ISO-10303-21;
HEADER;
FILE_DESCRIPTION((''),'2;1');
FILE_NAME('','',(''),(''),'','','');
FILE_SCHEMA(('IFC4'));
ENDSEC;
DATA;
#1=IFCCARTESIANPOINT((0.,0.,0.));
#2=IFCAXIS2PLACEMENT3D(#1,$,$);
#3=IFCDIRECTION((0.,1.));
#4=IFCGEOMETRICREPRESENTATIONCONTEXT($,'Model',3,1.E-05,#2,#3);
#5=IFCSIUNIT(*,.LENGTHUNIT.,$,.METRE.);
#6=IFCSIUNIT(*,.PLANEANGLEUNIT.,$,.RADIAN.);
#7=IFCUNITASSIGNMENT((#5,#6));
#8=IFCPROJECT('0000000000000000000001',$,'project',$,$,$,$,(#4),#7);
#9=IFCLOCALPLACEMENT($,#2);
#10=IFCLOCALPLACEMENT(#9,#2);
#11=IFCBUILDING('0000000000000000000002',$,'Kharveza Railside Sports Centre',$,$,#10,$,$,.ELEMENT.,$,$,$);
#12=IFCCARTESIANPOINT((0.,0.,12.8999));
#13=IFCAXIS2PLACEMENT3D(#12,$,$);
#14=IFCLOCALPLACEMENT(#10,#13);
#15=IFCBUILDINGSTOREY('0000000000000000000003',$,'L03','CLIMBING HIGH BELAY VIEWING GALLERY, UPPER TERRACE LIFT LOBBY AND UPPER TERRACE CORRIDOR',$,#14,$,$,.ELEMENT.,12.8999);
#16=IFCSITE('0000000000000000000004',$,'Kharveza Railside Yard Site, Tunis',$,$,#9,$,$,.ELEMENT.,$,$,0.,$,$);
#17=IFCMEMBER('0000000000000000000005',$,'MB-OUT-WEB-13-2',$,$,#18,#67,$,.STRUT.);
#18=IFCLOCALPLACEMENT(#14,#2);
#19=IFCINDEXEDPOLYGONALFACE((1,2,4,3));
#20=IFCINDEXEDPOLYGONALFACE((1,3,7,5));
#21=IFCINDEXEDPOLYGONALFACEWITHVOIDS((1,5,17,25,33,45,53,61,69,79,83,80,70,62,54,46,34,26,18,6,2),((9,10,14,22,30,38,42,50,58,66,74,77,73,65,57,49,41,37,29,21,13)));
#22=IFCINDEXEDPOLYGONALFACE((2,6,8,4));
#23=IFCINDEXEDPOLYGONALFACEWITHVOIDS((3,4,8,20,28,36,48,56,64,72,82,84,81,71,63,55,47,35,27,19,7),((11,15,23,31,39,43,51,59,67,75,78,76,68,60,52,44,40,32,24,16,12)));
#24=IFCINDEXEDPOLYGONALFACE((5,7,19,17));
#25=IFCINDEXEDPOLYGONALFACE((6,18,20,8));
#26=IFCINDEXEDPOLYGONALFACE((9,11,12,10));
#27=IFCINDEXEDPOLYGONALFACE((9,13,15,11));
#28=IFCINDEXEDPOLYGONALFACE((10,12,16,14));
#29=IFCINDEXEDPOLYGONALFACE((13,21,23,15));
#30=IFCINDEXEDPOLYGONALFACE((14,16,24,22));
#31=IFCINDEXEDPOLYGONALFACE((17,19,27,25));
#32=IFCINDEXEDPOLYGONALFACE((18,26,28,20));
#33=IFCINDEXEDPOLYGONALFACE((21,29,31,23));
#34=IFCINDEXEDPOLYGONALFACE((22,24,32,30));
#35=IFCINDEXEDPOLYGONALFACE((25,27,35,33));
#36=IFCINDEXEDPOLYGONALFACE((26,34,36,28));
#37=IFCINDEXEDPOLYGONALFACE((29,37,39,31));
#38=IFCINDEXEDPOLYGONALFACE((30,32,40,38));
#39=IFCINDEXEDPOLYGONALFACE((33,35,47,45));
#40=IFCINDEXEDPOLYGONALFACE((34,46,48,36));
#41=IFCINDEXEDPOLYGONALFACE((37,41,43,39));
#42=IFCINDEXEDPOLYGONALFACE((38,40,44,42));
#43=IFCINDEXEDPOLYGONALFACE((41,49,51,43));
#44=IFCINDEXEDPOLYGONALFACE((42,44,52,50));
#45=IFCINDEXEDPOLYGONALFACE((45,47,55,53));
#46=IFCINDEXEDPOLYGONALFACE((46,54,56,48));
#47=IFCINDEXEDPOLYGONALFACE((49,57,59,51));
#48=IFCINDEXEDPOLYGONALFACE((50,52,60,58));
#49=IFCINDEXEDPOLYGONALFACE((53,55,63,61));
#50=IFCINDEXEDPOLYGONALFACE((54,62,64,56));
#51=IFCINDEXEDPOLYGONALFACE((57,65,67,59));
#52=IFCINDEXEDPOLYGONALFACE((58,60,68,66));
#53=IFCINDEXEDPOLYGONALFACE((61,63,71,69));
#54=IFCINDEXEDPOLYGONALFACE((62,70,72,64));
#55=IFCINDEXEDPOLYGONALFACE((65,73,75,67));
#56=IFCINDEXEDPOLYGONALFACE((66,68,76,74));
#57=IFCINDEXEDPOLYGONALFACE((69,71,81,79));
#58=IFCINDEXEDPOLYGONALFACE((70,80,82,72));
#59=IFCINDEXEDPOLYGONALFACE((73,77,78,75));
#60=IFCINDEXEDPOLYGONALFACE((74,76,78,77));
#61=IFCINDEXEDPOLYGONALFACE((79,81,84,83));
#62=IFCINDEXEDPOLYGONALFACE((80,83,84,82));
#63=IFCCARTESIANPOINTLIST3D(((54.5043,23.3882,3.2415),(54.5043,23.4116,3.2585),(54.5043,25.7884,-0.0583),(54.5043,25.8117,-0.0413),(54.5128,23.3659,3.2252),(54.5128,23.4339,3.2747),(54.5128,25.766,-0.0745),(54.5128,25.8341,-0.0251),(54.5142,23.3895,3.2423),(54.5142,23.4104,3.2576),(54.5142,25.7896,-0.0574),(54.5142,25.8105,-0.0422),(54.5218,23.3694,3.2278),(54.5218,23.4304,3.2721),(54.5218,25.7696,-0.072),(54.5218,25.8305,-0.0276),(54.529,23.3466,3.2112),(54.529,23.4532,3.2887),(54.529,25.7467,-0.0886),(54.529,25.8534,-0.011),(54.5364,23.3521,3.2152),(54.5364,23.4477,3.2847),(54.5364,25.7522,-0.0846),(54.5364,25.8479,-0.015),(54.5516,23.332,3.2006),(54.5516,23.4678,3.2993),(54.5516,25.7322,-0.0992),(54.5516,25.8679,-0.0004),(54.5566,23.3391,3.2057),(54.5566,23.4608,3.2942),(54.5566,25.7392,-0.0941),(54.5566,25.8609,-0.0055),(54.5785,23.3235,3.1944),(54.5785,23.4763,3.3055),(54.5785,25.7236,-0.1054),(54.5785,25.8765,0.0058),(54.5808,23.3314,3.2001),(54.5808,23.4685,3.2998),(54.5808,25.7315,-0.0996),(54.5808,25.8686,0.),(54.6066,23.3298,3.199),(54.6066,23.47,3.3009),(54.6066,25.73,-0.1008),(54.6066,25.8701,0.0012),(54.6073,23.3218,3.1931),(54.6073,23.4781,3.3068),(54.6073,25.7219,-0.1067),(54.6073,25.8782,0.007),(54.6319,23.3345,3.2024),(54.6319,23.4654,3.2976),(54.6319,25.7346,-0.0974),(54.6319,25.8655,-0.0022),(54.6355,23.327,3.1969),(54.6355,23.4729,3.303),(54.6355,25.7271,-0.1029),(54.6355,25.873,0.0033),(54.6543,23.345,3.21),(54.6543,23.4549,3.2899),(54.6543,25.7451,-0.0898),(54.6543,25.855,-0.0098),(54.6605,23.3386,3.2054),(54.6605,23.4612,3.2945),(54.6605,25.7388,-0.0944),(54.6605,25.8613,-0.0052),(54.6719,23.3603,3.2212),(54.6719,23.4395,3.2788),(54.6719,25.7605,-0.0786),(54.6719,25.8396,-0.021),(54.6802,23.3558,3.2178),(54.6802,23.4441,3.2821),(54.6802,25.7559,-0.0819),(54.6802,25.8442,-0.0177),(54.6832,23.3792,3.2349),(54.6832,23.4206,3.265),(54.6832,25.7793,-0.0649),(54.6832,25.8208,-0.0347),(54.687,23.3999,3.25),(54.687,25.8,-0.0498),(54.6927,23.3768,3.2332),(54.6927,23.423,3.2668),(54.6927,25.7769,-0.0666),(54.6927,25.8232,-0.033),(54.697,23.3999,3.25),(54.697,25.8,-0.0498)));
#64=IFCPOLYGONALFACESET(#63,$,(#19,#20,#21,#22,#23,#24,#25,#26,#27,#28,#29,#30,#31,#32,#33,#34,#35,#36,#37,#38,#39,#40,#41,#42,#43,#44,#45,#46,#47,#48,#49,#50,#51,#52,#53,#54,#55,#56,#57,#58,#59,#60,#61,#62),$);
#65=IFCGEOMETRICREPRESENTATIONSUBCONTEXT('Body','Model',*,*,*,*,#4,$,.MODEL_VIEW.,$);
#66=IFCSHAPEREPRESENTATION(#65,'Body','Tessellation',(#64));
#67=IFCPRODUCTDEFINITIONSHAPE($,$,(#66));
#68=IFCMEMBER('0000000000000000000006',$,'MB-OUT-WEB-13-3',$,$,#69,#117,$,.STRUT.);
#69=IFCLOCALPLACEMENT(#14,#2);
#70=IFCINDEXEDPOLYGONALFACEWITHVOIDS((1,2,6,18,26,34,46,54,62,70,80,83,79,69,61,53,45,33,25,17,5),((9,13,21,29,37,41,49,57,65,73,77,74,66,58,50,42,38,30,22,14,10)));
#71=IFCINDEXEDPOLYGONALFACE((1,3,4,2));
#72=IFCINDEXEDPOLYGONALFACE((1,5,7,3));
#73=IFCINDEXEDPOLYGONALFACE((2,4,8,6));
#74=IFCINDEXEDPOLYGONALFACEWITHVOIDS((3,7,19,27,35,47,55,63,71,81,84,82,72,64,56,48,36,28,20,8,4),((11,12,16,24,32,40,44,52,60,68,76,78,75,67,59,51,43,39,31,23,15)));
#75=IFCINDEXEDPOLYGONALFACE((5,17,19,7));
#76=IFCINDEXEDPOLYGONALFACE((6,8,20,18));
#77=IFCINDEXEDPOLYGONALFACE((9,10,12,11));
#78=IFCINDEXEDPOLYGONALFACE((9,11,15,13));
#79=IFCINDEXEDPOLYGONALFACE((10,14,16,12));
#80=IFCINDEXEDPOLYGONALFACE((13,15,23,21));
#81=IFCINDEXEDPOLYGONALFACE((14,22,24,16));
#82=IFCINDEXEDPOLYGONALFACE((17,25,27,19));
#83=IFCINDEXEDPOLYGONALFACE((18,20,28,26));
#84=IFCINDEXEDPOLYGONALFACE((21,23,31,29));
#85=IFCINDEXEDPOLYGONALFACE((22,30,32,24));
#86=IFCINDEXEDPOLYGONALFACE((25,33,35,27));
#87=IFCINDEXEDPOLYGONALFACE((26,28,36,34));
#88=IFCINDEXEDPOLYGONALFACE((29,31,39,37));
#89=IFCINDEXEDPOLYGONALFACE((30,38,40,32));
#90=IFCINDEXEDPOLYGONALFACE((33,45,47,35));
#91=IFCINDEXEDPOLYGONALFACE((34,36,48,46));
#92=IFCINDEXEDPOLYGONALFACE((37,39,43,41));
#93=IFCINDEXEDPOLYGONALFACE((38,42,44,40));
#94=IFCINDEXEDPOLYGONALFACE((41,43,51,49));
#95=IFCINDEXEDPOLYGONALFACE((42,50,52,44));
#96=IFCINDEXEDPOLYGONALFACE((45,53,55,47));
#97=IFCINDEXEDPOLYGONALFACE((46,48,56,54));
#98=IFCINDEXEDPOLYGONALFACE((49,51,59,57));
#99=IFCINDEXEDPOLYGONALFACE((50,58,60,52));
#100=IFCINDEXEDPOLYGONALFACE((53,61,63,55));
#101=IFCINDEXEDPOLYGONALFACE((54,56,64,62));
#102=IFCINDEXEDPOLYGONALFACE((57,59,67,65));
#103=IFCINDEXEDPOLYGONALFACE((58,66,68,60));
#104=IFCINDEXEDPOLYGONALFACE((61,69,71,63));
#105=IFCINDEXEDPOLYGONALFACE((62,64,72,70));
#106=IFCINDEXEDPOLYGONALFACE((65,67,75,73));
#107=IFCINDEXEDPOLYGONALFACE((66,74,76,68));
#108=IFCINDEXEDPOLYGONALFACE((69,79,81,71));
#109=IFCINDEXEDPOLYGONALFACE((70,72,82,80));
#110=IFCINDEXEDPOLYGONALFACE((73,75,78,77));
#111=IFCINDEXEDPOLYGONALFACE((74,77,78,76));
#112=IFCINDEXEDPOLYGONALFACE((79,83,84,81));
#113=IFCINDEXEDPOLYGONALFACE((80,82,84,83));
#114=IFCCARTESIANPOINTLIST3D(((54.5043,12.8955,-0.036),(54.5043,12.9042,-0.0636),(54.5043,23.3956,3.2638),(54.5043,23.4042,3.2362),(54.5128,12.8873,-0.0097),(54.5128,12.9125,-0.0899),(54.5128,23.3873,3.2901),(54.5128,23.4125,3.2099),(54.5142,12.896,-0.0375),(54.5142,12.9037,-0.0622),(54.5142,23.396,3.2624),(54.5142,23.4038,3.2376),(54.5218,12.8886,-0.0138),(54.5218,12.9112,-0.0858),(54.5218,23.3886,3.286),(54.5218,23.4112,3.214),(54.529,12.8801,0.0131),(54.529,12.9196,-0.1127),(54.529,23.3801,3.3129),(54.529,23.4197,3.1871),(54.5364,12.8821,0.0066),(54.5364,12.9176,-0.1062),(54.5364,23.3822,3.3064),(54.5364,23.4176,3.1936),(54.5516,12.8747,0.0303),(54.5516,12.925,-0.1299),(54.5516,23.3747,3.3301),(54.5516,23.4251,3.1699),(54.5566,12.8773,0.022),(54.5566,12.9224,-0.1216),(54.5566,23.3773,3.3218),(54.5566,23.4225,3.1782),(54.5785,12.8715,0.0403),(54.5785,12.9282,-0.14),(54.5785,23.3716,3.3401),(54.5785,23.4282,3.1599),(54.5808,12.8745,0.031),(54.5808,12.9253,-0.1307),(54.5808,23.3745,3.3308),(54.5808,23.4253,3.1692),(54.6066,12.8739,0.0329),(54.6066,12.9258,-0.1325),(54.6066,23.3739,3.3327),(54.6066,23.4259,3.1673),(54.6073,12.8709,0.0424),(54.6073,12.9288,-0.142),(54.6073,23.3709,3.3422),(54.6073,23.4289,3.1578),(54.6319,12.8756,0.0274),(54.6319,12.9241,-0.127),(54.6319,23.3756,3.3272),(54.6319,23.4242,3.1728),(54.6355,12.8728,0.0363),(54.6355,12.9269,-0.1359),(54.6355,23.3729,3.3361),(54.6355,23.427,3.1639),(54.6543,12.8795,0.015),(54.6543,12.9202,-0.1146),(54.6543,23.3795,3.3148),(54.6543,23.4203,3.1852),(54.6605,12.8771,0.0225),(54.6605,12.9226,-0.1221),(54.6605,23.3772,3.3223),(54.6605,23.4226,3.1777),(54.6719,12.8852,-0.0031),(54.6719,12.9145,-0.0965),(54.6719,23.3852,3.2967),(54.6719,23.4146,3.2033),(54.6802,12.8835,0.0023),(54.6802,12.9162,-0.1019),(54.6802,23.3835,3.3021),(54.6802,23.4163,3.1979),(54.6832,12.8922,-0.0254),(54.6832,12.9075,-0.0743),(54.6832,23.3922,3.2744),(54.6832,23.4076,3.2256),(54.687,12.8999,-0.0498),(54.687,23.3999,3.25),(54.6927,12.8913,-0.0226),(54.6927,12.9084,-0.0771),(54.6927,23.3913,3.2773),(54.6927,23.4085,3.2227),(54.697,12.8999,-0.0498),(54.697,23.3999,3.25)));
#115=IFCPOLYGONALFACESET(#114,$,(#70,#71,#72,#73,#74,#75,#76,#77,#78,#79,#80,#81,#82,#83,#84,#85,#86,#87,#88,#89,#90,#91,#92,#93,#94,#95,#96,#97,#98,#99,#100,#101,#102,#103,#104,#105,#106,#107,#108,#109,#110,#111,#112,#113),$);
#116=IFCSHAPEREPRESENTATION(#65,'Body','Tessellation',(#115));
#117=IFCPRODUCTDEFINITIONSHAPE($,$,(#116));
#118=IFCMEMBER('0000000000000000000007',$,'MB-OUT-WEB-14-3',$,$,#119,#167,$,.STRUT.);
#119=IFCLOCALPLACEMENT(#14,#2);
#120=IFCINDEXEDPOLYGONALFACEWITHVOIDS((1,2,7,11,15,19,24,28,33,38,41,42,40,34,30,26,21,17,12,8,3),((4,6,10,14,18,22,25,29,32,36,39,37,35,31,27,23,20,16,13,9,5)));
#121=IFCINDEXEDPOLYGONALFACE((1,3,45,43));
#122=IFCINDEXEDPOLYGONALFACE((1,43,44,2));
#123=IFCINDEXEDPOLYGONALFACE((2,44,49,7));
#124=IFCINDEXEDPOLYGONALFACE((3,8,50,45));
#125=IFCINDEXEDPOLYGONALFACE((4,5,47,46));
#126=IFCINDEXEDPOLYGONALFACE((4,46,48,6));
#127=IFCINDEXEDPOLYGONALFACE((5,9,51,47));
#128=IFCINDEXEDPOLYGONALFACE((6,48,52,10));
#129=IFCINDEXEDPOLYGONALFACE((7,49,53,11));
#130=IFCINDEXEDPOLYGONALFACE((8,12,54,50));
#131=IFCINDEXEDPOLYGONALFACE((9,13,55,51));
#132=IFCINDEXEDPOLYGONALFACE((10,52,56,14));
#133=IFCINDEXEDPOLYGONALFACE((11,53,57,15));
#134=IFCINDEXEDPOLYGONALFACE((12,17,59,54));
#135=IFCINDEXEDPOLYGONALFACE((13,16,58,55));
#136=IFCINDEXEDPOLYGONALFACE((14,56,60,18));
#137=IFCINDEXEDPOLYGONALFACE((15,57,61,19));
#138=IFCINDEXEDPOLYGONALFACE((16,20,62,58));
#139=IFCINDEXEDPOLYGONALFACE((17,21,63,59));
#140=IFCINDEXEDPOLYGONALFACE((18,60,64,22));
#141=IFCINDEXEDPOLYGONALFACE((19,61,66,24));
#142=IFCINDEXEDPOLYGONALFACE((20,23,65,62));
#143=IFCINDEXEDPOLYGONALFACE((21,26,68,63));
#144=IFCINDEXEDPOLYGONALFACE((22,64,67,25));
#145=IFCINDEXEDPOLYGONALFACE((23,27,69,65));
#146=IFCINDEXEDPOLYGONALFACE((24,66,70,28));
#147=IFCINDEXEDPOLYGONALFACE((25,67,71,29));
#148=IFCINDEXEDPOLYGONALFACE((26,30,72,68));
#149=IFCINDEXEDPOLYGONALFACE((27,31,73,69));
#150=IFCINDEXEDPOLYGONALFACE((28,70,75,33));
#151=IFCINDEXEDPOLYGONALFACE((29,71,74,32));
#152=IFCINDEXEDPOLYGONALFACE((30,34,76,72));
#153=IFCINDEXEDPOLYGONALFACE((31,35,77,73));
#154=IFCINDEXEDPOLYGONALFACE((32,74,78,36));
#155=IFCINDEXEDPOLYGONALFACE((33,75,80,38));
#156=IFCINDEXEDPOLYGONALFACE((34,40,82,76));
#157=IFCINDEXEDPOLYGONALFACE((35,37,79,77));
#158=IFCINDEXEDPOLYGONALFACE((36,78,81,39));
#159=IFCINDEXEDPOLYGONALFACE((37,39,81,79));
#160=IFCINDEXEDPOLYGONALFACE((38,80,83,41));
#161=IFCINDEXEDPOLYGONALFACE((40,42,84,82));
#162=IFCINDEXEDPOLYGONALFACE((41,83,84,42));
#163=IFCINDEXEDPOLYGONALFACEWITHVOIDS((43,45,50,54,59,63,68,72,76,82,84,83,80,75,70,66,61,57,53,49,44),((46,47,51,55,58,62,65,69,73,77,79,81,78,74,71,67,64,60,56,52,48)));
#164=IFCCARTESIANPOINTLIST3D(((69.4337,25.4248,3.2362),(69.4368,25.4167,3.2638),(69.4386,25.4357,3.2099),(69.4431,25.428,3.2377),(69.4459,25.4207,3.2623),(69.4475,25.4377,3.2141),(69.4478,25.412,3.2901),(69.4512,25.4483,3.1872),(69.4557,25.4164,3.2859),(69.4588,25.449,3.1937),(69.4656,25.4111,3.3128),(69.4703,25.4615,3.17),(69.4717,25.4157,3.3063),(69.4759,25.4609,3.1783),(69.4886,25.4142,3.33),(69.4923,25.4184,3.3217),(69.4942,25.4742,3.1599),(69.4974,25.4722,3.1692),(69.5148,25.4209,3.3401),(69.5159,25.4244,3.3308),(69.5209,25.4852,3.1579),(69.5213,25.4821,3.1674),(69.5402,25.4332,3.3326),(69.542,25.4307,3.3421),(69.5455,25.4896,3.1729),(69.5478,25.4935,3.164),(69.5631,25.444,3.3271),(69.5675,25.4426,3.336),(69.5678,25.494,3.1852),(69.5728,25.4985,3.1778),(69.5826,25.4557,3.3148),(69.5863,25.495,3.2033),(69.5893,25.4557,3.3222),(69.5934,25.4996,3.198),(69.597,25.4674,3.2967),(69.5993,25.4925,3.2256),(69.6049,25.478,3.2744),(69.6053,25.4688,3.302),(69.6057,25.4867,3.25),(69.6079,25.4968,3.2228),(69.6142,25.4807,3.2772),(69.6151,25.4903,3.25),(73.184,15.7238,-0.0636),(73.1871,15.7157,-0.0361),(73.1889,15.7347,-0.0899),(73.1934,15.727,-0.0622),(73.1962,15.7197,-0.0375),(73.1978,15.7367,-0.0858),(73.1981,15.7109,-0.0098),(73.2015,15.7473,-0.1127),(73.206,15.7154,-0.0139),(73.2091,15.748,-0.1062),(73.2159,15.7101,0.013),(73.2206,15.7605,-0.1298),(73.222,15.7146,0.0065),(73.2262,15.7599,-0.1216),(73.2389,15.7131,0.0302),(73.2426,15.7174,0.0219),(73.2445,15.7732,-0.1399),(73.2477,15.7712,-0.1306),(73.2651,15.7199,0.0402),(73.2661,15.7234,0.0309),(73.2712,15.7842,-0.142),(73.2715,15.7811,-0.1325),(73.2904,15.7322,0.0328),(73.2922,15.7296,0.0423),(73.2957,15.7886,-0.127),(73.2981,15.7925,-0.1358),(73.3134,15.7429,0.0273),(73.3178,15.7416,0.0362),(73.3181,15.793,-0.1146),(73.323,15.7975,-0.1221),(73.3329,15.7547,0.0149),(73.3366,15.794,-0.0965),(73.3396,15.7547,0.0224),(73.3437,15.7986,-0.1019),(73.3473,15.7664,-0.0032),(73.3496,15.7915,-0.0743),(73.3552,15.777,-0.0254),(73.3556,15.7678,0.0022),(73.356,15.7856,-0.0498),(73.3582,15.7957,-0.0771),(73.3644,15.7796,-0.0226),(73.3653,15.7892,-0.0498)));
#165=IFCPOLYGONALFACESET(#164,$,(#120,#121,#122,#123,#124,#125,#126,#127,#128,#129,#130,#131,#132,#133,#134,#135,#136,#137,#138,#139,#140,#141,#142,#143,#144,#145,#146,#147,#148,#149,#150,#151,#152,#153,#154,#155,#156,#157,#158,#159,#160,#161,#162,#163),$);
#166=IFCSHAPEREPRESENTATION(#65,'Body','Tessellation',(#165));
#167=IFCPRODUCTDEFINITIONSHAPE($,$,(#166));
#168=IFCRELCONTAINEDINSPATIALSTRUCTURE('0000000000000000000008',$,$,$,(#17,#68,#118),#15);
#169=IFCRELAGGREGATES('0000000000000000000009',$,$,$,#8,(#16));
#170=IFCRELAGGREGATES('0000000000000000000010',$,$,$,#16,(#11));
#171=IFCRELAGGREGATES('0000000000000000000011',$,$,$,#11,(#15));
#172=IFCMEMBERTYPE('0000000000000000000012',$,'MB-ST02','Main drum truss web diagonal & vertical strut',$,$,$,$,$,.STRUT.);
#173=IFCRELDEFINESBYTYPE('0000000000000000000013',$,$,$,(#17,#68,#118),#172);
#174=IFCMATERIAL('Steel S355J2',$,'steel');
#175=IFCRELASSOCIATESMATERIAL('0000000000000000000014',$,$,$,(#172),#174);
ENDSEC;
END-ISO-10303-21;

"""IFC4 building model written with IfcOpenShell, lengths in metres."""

from ifc_helpers import new_model, si_unit, direction, frame, origin, origin_2d, place, context, subcontext, project, spatial, hollow_circle, extrude, material, material_profile, profile_set, type_object, element, save


model = new_model("IFC4")

# Units and contexts
model_context = context("Model", 3, precision=1e-05, world=origin(), true_north=direction((0.0, 1.0)))
body_context = subcontext(model_context, "Body", "Model", "MODEL_VIEW")
ifc_project = project(units=[si_unit("LENGTHUNIT", "METRE"), si_unit("PLANEANGLEUNIT", "RADIAN")], contexts=[model_context])

# Site, building, storey
site_placement = place(None, origin())
site = spatial("IfcSite", under=ifc_project, at=site_placement, Name="Kharveza Railside Yard Site, Tunis", CompositionType="ELEMENT", RefElevation=0.0)
building_placement = place(site_placement, origin())
building = spatial("IfcBuilding", under=site, at=building_placement, Name="Kharveza Railside Sports Centre", CompositionType="ELEMENT")
storey_placement = place(building_placement, frame((0.0, 0.0, 12.8999)))
storey = spatial("IfcBuildingStorey", under=building, at=storey_placement, Name="L03", Description="CLIMBING HIGH BELAY VIEWING GALLERY, UPPER TERRACE LIFT LOBBY AND UPPER TERRACE CORRIDOR", CompositionType="ELEMENT", Elevation=12.8999)

# Shared definitions
ifc_material_1 = material(Name="Steel S355J2", Category="steel")

# Members
ifc_material_profile_1 = material_profile(ifc_material_1, hollow_circle(Radius=0.0969, WallThickness=0.01, at=origin_2d()), Name="CHS 193.7x10.0")
ifc_profile_set_1 = profile_set([ifc_material_profile_1], Name="Steel S355J2")
member_type_1 = type_object("IfcMemberType", Name="MB-ST02", Description="Main drum truss web diagonal & vertical strut", PredefinedType="STRUT", material=ifc_profile_set_1)
member_1_placement = place(storey_placement, frame((54.6001, 25.8, -0.0498), z_axis=(0.0, -0.588218, 0.808702), x_axis=(1.0, 0.0, 0.0)))
element("IfcMember", 1, at=member_1_placement, inside=storey, type_object=member_type_1, Name="MB-OUT-WEB-13-2", PredefinedType="STRUT", context=body_context, shape_type="SweptSolid", body=[
    extrude(hollow_circle(Radius=0.0969, WallThickness=0.01, at=origin_2d()), origin(), (0.0, 0.0, 1.0), 4.0803),
])
member_2_placement = place(storey_placement, frame((54.6001, 23.3999, 3.25), z_axis=(0.0, -0.953999, -0.29981), x_axis=(1.0, 0.0, 0.0)))
element("IfcMember", 2, at=member_2_placement, inside=storey, type_object=member_type_1, Name="MB-OUT-WEB-13-3", PredefinedType="STRUT", context=body_context, shape_type="SweptSolid", body=[
    extrude(hollow_circle(Radius=0.0969, WallThickness=0.01, at=origin_2d()), origin(), (0.0, 0.0, 1.0), 11.0063),
])
member_3_placement = place(storey_placement, frame((69.5247, 25.4553, 3.25), z_axis=(0.343696, -0.889055, -0.302415), x_axis=(0.932728, 0.36058, 0.0)))
element("IfcMember", 3, at=member_3_placement, inside=storey, type_object=member_type_1, Name="MB-OUT-WEB-14-3", PredefinedType="STRUT", context=body_context, shape_type="SweptSolid", body=[
    extrude(hollow_circle(Radius=0.0969, WallThickness=0.01, at=origin_2d()), origin(), (0.0, 0.0, 1.0), 10.9116),
])

save(model, "model.ifc")
